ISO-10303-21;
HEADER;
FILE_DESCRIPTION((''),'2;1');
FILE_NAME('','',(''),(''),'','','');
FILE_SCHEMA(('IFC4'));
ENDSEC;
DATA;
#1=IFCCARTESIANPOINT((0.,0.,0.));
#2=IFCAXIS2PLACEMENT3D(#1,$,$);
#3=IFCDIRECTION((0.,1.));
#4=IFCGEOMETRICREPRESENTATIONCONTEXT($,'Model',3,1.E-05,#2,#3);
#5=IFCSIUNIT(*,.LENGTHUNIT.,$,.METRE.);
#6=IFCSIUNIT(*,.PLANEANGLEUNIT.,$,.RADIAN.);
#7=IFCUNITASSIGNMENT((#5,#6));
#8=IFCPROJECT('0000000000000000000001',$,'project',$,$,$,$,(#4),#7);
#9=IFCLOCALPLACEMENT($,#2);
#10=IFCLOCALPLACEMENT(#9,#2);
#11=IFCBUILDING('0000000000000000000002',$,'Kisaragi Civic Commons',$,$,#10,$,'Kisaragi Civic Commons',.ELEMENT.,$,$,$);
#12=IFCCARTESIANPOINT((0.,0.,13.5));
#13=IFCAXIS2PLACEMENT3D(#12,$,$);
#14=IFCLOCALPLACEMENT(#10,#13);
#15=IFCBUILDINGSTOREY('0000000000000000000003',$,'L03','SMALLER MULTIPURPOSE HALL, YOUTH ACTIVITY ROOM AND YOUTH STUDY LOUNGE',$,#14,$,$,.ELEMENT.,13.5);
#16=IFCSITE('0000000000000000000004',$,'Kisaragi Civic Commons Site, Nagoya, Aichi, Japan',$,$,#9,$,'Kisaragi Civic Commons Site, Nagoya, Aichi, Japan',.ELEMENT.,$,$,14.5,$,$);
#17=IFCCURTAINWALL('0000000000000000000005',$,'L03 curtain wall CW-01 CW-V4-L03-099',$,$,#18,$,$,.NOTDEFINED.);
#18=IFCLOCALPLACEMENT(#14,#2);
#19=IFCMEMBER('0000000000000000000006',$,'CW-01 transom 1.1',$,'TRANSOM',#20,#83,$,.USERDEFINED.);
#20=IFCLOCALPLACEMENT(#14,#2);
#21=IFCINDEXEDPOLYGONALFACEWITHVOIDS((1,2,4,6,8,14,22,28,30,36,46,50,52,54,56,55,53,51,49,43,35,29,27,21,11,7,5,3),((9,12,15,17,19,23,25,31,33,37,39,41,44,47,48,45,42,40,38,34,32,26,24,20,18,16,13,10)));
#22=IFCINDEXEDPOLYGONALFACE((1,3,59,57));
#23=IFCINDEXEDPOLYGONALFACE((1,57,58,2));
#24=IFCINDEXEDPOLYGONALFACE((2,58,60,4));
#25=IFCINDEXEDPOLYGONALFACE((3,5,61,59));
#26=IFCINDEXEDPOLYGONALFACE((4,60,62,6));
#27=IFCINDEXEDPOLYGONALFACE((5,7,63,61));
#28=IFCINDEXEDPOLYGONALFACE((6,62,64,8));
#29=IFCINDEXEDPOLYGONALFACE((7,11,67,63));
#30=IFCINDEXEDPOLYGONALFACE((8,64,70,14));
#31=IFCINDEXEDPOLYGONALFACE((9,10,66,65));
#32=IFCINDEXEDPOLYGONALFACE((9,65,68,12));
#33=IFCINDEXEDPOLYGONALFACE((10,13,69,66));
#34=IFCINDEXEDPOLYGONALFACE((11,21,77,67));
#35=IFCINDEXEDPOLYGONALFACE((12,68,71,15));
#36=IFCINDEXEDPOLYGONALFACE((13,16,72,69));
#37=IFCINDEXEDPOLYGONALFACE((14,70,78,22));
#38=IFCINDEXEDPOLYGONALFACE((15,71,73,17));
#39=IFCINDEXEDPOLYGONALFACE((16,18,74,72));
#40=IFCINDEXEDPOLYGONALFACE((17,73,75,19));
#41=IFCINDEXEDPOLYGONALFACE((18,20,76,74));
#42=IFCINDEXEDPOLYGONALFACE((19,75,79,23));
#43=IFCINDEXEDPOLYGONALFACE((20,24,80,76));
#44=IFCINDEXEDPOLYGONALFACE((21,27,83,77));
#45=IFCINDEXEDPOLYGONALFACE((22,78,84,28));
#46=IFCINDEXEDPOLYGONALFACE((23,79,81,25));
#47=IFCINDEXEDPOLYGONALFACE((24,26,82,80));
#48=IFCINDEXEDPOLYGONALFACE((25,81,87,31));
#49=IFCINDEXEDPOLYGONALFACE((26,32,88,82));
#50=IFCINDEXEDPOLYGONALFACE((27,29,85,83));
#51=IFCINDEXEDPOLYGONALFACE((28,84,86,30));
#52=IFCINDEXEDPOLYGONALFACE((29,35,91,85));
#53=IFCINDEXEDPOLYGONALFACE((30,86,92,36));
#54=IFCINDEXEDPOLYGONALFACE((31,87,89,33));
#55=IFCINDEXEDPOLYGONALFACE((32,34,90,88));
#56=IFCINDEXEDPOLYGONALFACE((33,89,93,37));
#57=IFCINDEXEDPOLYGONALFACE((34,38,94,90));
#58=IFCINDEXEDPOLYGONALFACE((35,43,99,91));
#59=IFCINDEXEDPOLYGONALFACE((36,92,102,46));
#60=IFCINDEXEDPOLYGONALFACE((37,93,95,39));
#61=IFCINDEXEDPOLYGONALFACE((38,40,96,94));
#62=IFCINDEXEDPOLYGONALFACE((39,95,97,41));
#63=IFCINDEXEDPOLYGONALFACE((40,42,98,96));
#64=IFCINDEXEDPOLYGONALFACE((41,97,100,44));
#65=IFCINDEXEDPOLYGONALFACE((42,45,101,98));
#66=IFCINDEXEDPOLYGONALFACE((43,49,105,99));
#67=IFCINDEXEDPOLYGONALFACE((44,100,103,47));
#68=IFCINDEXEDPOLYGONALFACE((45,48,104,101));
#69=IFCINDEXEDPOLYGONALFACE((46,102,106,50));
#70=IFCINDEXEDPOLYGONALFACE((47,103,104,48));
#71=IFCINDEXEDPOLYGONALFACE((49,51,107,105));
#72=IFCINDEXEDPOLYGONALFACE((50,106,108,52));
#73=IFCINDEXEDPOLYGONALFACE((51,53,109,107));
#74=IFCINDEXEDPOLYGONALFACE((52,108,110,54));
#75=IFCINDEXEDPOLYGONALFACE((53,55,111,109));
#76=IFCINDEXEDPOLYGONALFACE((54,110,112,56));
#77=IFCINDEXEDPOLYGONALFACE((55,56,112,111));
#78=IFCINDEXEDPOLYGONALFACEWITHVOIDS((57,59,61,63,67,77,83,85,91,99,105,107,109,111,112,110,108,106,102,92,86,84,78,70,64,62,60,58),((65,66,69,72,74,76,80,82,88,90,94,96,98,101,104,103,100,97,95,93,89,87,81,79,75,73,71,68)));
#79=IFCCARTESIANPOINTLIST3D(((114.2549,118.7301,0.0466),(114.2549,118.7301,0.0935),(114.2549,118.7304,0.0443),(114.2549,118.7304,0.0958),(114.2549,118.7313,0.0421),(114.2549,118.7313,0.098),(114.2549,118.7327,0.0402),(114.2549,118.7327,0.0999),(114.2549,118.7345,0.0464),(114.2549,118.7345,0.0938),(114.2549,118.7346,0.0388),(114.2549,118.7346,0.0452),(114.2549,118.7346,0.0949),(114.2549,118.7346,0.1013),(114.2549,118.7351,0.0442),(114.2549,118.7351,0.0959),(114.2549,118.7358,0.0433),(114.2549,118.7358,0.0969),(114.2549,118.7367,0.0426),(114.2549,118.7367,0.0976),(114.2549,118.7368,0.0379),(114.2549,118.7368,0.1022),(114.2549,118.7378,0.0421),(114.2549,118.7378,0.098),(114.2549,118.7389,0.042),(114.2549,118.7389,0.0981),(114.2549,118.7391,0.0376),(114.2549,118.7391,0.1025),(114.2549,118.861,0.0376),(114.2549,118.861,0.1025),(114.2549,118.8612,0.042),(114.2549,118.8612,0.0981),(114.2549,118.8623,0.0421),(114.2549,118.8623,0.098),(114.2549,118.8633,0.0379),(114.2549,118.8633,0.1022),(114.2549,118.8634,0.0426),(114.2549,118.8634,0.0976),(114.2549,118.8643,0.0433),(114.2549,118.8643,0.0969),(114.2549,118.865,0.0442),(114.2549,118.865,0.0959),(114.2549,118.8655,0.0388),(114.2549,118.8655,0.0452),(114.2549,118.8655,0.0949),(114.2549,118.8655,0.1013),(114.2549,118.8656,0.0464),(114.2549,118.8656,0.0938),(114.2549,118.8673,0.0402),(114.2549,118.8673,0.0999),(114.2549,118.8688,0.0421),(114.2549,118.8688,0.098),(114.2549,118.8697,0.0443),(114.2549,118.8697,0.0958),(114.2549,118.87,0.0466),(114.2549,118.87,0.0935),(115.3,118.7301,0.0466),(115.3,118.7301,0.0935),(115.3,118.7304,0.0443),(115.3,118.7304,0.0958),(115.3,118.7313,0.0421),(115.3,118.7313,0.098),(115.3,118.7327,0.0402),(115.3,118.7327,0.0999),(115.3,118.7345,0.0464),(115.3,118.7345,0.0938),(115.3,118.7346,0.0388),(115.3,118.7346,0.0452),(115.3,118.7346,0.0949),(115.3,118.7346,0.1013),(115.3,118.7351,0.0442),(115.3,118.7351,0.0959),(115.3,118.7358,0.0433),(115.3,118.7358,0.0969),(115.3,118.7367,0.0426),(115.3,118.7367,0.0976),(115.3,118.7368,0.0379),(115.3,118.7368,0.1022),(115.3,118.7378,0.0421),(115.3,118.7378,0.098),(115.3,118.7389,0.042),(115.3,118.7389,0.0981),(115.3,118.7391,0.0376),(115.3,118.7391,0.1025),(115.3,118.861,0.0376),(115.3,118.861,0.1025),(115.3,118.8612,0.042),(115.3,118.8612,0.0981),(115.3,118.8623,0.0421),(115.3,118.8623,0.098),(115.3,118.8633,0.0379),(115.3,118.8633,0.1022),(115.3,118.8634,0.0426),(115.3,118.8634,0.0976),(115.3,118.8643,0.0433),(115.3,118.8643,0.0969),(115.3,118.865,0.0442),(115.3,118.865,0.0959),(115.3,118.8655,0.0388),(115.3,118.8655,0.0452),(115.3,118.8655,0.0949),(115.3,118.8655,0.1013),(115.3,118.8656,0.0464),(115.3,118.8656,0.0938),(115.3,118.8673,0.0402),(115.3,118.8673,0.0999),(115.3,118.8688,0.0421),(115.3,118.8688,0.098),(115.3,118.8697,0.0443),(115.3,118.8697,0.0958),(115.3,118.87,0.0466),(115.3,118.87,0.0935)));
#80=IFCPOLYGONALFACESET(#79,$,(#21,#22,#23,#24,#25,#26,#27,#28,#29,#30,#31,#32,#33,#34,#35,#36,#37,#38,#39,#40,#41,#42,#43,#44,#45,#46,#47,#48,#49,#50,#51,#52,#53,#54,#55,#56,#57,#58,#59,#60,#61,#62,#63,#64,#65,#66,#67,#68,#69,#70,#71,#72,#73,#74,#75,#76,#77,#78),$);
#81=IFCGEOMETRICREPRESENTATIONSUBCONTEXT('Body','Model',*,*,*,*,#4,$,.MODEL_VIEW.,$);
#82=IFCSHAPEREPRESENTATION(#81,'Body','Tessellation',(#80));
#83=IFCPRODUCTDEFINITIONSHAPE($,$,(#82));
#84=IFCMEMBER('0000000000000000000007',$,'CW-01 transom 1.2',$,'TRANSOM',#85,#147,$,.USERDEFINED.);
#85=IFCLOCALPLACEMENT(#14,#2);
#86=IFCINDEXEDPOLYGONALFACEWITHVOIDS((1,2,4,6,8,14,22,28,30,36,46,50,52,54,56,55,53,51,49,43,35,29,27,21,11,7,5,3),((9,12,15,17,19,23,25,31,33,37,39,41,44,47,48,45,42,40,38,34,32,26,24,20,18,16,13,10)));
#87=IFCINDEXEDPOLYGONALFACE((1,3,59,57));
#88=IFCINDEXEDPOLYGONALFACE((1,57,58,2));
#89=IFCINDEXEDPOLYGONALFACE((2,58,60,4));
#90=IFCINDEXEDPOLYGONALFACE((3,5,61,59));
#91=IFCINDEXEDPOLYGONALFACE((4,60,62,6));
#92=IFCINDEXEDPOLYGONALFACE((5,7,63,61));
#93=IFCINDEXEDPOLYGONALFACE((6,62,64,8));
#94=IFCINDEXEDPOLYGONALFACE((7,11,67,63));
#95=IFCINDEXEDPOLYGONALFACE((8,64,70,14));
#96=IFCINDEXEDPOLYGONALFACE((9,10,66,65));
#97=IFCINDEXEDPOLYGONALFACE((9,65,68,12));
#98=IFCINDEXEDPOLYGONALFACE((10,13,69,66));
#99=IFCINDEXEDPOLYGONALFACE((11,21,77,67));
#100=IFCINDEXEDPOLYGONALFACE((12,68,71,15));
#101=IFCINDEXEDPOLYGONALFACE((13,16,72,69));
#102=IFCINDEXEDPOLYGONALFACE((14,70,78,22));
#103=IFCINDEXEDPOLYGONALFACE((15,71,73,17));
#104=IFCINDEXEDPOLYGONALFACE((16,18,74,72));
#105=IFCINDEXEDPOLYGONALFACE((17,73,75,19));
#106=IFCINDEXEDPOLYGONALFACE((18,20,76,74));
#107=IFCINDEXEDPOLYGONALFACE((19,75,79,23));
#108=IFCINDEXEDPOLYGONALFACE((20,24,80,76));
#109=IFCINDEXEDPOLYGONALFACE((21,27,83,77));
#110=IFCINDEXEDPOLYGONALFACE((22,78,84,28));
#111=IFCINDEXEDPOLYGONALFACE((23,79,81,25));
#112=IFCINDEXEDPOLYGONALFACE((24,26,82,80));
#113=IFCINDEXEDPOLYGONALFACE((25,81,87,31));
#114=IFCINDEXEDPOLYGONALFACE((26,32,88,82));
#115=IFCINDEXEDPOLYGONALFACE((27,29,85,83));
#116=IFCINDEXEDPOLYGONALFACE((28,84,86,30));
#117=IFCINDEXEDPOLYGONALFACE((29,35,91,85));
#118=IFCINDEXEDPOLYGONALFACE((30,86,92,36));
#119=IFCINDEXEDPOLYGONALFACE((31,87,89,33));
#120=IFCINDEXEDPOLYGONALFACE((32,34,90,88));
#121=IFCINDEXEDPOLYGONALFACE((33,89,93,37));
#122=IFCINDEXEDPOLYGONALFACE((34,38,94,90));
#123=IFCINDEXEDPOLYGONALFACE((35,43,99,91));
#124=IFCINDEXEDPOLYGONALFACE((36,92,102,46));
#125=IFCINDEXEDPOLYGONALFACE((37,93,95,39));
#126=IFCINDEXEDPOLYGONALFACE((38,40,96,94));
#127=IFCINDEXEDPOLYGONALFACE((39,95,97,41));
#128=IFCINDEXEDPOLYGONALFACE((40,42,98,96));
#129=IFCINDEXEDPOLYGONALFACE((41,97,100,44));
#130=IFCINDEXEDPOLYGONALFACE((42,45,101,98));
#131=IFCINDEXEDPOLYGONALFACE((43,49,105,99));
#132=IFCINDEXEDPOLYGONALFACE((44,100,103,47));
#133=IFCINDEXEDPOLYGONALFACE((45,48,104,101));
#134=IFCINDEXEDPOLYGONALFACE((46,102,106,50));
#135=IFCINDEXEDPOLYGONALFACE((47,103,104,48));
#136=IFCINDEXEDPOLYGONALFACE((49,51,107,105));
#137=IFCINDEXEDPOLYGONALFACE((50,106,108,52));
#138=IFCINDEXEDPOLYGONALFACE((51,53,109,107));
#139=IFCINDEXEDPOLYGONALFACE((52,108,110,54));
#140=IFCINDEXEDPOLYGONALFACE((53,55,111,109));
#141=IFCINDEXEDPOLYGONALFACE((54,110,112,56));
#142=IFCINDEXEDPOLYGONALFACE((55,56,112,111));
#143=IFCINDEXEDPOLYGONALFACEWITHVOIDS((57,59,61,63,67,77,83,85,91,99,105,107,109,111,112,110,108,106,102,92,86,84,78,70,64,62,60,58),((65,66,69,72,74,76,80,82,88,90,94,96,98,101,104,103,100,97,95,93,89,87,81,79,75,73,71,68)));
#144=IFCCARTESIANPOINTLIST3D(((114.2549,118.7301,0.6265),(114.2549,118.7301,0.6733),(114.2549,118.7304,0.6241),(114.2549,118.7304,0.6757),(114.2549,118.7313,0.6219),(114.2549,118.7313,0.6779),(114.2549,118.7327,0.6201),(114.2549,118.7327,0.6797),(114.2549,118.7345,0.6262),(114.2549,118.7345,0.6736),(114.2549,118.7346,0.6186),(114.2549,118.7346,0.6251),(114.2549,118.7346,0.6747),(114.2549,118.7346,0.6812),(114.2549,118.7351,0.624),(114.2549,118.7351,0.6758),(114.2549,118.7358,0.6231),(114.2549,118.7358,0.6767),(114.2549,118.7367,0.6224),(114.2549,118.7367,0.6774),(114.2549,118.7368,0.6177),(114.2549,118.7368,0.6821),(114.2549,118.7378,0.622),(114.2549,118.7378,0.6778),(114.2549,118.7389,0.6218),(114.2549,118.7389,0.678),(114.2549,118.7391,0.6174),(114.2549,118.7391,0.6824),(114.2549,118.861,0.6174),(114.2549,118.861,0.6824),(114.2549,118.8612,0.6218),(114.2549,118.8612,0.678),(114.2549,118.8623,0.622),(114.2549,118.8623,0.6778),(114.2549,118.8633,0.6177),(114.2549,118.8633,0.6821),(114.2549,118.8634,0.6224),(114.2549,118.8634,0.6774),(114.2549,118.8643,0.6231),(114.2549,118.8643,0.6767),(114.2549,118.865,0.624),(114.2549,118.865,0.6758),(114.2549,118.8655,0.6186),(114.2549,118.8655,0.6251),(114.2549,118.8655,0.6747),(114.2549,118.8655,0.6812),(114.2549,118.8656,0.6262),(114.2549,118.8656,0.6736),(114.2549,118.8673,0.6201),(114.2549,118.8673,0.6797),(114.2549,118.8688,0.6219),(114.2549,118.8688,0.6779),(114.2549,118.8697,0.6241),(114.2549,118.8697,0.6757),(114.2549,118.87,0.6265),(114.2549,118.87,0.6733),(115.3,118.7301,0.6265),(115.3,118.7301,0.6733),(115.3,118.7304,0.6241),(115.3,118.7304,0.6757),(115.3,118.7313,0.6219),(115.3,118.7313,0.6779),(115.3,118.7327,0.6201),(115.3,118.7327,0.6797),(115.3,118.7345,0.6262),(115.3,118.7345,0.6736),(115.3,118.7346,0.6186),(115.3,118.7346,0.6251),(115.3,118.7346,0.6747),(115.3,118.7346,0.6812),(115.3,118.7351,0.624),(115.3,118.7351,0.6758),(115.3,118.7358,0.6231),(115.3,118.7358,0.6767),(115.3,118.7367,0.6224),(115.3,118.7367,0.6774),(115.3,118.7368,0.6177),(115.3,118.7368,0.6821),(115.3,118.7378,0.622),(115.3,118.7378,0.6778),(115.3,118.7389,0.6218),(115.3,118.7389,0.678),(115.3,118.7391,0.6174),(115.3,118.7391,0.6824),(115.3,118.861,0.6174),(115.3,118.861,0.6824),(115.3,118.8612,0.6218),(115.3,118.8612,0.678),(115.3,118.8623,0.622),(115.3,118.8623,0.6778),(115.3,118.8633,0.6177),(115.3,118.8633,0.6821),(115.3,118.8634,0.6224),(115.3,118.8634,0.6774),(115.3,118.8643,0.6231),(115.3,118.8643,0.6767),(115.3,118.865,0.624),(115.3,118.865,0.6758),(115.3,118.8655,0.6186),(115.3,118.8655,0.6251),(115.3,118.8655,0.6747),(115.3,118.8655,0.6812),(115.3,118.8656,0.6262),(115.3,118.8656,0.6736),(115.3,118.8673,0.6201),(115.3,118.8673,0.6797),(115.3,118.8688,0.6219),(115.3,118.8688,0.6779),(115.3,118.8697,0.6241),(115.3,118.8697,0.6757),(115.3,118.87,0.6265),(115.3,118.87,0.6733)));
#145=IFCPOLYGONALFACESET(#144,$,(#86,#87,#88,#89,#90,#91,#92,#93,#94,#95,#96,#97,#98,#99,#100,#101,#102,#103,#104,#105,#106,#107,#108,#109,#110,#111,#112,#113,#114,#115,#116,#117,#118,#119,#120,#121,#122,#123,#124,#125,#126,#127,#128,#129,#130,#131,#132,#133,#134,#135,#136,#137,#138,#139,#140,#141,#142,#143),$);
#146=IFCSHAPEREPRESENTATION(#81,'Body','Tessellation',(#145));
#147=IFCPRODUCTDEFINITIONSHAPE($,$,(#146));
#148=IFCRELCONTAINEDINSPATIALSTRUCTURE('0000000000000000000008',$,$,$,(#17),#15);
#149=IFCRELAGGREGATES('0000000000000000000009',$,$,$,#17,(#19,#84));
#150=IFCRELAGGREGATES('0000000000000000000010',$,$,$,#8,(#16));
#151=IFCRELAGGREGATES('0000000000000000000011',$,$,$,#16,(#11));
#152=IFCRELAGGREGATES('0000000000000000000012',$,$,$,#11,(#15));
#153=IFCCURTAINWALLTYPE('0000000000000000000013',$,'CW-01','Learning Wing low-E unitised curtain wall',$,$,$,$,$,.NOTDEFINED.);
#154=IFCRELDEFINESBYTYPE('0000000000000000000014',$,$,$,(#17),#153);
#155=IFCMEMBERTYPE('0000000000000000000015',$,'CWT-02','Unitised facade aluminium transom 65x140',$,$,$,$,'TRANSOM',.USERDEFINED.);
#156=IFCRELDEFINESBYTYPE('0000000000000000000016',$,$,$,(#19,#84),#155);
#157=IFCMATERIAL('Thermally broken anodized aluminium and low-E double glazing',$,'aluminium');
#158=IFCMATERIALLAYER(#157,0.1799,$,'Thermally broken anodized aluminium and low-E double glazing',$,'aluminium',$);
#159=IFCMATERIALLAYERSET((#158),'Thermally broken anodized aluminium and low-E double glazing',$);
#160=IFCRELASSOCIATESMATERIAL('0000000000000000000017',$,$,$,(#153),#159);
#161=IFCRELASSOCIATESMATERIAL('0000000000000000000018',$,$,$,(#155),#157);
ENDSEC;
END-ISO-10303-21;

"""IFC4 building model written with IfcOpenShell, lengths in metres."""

from ifc_helpers import new_model, si_unit, direction, frame, origin, origin_2d, place, context, subcontext, project, spatial, hollow_rectangle, extrude, material, layer, layer_set, material_profile, profile_set, type_object, element, aggregate, save


model = new_model("IFC4")

# Units and contexts
model_context = context("Model", 3, precision=1e-05, world=origin(), true_north=direction((0.0, 1.0)))
body_context = subcontext(model_context, "Body", "Model", "MODEL_VIEW")
ifc_project = project(units=[si_unit("LENGTHUNIT", "METRE"), si_unit("PLANEANGLEUNIT", "RADIAN")], contexts=[model_context])

# Site, building, storey
site_placement = place(None, origin())
site = spatial("IfcSite", under=ifc_project, at=site_placement, Name="Kisaragi Civic Commons Site, Nagoya, Aichi, Japan", LongName="Kisaragi Civic Commons Site, Nagoya, Aichi, Japan", CompositionType="ELEMENT", RefElevation=14.5)
building_placement = place(site_placement, origin())
building = spatial("IfcBuilding", under=site, at=building_placement, Name="Kisaragi Civic Commons", LongName="Kisaragi Civic Commons", CompositionType="ELEMENT")
storey_placement = place(building_placement, frame((0.0, 0.0, 13.5)))
storey = spatial("IfcBuildingStorey", under=building, at=storey_placement, Name="L03", Description="SMALLER MULTIPURPOSE HALL, YOUTH ACTIVITY ROOM AND YOUTH STUDY LOUNGE", CompositionType="ELEMENT", Elevation=13.5)

# Shared definitions
ifc_material_1 = material(Name="Thermally broken anodized aluminium and low-E double glazing", Category="aluminium")
ifc_layer_1 = layer(ifc_material_1, 0.1799, Name="Thermally broken anodized aluminium and low-E double glazing", Category="aluminium")
ifc_layer_set_1 = layer_set([ifc_layer_1], Name="Thermally broken anodized aluminium and low-E double glazing")
curtain_wall_type = type_object("IfcCurtainWallType", Name="CW-01", Description="Learning Wing low-E unitised curtain wall", PredefinedType="NOTDEFINED", material=ifc_layer_set_1)

# Curtain wall
curtain_wall_1_placement = place(storey_placement, origin())
curtain_wall_1 = element("IfcCurtainWall", 1, at=curtain_wall_1_placement, inside=storey, type_object=curtain_wall_type, Name="L03 curtain wall CW-01 CW-V4-L03-099", PredefinedType="NOTDEFINED")

# Members
ifc_material_profile_1 = material_profile(ifc_material_1, hollow_rectangle(XDim=0.1399, YDim=0.0649, WallThickness=0.0044, InnerFilletRadius=0.0044, OuterFilletRadius=0.009, at=origin_2d()), Name="CWT-65x140x4.5", Category="aluminium")
ifc_profile_set_1 = profile_set([ifc_material_profile_1], Name="Thermally broken anodized aluminium and low-E double glazing")
member_type_1 = type_object("IfcMemberType", Name="CWT-02", Description="Unitised facade aluminium transom 65x140", ElementType="TRANSOM", PredefinedType="USERDEFINED", material=ifc_profile_set_1)
member_1_placement = place(storey_placement, frame((114.2549, 118.8, 0.0701), z_axis=(1.0, 0.0, 0.0), x_axis=(0.0, 1.0, 0.0)))
member_1 = element("IfcMember", 2, at=member_1_placement, type_object=member_type_1, Name="CW-01 transom 1.1", ObjectType="TRANSOM", PredefinedType="USERDEFINED", context=body_context, shape_type="SweptSolid", body=[
    extrude(hollow_rectangle(XDim=0.1399, YDim=0.0649, WallThickness=0.0044, InnerFilletRadius=0.0044, OuterFilletRadius=0.009, at=origin_2d()), origin(), (0.0, 0.0, 1.0), 1.0452),
])
member_2_placement = place(storey_placement, frame((114.2549, 118.8, 0.6499), z_axis=(1.0, 0.0, 0.0), x_axis=(0.0, 1.0, 0.0)))
member_2 = element("IfcMember", 3, at=member_2_placement, type_object=member_type_1, Name="CW-01 transom 1.2", ObjectType="TRANSOM", PredefinedType="USERDEFINED", context=body_context, shape_type="SweptSolid", body=[
    extrude(hollow_rectangle(XDim=0.1399, YDim=0.0649, WallThickness=0.0044, InnerFilletRadius=0.0044, OuterFilletRadius=0.009, at=origin_2d()), origin(), (0.0, 0.0, 1.0), 1.0452),
])

aggregate(curtain_wall_1, [member_1, member_2])

save(model, "model.ifc")
